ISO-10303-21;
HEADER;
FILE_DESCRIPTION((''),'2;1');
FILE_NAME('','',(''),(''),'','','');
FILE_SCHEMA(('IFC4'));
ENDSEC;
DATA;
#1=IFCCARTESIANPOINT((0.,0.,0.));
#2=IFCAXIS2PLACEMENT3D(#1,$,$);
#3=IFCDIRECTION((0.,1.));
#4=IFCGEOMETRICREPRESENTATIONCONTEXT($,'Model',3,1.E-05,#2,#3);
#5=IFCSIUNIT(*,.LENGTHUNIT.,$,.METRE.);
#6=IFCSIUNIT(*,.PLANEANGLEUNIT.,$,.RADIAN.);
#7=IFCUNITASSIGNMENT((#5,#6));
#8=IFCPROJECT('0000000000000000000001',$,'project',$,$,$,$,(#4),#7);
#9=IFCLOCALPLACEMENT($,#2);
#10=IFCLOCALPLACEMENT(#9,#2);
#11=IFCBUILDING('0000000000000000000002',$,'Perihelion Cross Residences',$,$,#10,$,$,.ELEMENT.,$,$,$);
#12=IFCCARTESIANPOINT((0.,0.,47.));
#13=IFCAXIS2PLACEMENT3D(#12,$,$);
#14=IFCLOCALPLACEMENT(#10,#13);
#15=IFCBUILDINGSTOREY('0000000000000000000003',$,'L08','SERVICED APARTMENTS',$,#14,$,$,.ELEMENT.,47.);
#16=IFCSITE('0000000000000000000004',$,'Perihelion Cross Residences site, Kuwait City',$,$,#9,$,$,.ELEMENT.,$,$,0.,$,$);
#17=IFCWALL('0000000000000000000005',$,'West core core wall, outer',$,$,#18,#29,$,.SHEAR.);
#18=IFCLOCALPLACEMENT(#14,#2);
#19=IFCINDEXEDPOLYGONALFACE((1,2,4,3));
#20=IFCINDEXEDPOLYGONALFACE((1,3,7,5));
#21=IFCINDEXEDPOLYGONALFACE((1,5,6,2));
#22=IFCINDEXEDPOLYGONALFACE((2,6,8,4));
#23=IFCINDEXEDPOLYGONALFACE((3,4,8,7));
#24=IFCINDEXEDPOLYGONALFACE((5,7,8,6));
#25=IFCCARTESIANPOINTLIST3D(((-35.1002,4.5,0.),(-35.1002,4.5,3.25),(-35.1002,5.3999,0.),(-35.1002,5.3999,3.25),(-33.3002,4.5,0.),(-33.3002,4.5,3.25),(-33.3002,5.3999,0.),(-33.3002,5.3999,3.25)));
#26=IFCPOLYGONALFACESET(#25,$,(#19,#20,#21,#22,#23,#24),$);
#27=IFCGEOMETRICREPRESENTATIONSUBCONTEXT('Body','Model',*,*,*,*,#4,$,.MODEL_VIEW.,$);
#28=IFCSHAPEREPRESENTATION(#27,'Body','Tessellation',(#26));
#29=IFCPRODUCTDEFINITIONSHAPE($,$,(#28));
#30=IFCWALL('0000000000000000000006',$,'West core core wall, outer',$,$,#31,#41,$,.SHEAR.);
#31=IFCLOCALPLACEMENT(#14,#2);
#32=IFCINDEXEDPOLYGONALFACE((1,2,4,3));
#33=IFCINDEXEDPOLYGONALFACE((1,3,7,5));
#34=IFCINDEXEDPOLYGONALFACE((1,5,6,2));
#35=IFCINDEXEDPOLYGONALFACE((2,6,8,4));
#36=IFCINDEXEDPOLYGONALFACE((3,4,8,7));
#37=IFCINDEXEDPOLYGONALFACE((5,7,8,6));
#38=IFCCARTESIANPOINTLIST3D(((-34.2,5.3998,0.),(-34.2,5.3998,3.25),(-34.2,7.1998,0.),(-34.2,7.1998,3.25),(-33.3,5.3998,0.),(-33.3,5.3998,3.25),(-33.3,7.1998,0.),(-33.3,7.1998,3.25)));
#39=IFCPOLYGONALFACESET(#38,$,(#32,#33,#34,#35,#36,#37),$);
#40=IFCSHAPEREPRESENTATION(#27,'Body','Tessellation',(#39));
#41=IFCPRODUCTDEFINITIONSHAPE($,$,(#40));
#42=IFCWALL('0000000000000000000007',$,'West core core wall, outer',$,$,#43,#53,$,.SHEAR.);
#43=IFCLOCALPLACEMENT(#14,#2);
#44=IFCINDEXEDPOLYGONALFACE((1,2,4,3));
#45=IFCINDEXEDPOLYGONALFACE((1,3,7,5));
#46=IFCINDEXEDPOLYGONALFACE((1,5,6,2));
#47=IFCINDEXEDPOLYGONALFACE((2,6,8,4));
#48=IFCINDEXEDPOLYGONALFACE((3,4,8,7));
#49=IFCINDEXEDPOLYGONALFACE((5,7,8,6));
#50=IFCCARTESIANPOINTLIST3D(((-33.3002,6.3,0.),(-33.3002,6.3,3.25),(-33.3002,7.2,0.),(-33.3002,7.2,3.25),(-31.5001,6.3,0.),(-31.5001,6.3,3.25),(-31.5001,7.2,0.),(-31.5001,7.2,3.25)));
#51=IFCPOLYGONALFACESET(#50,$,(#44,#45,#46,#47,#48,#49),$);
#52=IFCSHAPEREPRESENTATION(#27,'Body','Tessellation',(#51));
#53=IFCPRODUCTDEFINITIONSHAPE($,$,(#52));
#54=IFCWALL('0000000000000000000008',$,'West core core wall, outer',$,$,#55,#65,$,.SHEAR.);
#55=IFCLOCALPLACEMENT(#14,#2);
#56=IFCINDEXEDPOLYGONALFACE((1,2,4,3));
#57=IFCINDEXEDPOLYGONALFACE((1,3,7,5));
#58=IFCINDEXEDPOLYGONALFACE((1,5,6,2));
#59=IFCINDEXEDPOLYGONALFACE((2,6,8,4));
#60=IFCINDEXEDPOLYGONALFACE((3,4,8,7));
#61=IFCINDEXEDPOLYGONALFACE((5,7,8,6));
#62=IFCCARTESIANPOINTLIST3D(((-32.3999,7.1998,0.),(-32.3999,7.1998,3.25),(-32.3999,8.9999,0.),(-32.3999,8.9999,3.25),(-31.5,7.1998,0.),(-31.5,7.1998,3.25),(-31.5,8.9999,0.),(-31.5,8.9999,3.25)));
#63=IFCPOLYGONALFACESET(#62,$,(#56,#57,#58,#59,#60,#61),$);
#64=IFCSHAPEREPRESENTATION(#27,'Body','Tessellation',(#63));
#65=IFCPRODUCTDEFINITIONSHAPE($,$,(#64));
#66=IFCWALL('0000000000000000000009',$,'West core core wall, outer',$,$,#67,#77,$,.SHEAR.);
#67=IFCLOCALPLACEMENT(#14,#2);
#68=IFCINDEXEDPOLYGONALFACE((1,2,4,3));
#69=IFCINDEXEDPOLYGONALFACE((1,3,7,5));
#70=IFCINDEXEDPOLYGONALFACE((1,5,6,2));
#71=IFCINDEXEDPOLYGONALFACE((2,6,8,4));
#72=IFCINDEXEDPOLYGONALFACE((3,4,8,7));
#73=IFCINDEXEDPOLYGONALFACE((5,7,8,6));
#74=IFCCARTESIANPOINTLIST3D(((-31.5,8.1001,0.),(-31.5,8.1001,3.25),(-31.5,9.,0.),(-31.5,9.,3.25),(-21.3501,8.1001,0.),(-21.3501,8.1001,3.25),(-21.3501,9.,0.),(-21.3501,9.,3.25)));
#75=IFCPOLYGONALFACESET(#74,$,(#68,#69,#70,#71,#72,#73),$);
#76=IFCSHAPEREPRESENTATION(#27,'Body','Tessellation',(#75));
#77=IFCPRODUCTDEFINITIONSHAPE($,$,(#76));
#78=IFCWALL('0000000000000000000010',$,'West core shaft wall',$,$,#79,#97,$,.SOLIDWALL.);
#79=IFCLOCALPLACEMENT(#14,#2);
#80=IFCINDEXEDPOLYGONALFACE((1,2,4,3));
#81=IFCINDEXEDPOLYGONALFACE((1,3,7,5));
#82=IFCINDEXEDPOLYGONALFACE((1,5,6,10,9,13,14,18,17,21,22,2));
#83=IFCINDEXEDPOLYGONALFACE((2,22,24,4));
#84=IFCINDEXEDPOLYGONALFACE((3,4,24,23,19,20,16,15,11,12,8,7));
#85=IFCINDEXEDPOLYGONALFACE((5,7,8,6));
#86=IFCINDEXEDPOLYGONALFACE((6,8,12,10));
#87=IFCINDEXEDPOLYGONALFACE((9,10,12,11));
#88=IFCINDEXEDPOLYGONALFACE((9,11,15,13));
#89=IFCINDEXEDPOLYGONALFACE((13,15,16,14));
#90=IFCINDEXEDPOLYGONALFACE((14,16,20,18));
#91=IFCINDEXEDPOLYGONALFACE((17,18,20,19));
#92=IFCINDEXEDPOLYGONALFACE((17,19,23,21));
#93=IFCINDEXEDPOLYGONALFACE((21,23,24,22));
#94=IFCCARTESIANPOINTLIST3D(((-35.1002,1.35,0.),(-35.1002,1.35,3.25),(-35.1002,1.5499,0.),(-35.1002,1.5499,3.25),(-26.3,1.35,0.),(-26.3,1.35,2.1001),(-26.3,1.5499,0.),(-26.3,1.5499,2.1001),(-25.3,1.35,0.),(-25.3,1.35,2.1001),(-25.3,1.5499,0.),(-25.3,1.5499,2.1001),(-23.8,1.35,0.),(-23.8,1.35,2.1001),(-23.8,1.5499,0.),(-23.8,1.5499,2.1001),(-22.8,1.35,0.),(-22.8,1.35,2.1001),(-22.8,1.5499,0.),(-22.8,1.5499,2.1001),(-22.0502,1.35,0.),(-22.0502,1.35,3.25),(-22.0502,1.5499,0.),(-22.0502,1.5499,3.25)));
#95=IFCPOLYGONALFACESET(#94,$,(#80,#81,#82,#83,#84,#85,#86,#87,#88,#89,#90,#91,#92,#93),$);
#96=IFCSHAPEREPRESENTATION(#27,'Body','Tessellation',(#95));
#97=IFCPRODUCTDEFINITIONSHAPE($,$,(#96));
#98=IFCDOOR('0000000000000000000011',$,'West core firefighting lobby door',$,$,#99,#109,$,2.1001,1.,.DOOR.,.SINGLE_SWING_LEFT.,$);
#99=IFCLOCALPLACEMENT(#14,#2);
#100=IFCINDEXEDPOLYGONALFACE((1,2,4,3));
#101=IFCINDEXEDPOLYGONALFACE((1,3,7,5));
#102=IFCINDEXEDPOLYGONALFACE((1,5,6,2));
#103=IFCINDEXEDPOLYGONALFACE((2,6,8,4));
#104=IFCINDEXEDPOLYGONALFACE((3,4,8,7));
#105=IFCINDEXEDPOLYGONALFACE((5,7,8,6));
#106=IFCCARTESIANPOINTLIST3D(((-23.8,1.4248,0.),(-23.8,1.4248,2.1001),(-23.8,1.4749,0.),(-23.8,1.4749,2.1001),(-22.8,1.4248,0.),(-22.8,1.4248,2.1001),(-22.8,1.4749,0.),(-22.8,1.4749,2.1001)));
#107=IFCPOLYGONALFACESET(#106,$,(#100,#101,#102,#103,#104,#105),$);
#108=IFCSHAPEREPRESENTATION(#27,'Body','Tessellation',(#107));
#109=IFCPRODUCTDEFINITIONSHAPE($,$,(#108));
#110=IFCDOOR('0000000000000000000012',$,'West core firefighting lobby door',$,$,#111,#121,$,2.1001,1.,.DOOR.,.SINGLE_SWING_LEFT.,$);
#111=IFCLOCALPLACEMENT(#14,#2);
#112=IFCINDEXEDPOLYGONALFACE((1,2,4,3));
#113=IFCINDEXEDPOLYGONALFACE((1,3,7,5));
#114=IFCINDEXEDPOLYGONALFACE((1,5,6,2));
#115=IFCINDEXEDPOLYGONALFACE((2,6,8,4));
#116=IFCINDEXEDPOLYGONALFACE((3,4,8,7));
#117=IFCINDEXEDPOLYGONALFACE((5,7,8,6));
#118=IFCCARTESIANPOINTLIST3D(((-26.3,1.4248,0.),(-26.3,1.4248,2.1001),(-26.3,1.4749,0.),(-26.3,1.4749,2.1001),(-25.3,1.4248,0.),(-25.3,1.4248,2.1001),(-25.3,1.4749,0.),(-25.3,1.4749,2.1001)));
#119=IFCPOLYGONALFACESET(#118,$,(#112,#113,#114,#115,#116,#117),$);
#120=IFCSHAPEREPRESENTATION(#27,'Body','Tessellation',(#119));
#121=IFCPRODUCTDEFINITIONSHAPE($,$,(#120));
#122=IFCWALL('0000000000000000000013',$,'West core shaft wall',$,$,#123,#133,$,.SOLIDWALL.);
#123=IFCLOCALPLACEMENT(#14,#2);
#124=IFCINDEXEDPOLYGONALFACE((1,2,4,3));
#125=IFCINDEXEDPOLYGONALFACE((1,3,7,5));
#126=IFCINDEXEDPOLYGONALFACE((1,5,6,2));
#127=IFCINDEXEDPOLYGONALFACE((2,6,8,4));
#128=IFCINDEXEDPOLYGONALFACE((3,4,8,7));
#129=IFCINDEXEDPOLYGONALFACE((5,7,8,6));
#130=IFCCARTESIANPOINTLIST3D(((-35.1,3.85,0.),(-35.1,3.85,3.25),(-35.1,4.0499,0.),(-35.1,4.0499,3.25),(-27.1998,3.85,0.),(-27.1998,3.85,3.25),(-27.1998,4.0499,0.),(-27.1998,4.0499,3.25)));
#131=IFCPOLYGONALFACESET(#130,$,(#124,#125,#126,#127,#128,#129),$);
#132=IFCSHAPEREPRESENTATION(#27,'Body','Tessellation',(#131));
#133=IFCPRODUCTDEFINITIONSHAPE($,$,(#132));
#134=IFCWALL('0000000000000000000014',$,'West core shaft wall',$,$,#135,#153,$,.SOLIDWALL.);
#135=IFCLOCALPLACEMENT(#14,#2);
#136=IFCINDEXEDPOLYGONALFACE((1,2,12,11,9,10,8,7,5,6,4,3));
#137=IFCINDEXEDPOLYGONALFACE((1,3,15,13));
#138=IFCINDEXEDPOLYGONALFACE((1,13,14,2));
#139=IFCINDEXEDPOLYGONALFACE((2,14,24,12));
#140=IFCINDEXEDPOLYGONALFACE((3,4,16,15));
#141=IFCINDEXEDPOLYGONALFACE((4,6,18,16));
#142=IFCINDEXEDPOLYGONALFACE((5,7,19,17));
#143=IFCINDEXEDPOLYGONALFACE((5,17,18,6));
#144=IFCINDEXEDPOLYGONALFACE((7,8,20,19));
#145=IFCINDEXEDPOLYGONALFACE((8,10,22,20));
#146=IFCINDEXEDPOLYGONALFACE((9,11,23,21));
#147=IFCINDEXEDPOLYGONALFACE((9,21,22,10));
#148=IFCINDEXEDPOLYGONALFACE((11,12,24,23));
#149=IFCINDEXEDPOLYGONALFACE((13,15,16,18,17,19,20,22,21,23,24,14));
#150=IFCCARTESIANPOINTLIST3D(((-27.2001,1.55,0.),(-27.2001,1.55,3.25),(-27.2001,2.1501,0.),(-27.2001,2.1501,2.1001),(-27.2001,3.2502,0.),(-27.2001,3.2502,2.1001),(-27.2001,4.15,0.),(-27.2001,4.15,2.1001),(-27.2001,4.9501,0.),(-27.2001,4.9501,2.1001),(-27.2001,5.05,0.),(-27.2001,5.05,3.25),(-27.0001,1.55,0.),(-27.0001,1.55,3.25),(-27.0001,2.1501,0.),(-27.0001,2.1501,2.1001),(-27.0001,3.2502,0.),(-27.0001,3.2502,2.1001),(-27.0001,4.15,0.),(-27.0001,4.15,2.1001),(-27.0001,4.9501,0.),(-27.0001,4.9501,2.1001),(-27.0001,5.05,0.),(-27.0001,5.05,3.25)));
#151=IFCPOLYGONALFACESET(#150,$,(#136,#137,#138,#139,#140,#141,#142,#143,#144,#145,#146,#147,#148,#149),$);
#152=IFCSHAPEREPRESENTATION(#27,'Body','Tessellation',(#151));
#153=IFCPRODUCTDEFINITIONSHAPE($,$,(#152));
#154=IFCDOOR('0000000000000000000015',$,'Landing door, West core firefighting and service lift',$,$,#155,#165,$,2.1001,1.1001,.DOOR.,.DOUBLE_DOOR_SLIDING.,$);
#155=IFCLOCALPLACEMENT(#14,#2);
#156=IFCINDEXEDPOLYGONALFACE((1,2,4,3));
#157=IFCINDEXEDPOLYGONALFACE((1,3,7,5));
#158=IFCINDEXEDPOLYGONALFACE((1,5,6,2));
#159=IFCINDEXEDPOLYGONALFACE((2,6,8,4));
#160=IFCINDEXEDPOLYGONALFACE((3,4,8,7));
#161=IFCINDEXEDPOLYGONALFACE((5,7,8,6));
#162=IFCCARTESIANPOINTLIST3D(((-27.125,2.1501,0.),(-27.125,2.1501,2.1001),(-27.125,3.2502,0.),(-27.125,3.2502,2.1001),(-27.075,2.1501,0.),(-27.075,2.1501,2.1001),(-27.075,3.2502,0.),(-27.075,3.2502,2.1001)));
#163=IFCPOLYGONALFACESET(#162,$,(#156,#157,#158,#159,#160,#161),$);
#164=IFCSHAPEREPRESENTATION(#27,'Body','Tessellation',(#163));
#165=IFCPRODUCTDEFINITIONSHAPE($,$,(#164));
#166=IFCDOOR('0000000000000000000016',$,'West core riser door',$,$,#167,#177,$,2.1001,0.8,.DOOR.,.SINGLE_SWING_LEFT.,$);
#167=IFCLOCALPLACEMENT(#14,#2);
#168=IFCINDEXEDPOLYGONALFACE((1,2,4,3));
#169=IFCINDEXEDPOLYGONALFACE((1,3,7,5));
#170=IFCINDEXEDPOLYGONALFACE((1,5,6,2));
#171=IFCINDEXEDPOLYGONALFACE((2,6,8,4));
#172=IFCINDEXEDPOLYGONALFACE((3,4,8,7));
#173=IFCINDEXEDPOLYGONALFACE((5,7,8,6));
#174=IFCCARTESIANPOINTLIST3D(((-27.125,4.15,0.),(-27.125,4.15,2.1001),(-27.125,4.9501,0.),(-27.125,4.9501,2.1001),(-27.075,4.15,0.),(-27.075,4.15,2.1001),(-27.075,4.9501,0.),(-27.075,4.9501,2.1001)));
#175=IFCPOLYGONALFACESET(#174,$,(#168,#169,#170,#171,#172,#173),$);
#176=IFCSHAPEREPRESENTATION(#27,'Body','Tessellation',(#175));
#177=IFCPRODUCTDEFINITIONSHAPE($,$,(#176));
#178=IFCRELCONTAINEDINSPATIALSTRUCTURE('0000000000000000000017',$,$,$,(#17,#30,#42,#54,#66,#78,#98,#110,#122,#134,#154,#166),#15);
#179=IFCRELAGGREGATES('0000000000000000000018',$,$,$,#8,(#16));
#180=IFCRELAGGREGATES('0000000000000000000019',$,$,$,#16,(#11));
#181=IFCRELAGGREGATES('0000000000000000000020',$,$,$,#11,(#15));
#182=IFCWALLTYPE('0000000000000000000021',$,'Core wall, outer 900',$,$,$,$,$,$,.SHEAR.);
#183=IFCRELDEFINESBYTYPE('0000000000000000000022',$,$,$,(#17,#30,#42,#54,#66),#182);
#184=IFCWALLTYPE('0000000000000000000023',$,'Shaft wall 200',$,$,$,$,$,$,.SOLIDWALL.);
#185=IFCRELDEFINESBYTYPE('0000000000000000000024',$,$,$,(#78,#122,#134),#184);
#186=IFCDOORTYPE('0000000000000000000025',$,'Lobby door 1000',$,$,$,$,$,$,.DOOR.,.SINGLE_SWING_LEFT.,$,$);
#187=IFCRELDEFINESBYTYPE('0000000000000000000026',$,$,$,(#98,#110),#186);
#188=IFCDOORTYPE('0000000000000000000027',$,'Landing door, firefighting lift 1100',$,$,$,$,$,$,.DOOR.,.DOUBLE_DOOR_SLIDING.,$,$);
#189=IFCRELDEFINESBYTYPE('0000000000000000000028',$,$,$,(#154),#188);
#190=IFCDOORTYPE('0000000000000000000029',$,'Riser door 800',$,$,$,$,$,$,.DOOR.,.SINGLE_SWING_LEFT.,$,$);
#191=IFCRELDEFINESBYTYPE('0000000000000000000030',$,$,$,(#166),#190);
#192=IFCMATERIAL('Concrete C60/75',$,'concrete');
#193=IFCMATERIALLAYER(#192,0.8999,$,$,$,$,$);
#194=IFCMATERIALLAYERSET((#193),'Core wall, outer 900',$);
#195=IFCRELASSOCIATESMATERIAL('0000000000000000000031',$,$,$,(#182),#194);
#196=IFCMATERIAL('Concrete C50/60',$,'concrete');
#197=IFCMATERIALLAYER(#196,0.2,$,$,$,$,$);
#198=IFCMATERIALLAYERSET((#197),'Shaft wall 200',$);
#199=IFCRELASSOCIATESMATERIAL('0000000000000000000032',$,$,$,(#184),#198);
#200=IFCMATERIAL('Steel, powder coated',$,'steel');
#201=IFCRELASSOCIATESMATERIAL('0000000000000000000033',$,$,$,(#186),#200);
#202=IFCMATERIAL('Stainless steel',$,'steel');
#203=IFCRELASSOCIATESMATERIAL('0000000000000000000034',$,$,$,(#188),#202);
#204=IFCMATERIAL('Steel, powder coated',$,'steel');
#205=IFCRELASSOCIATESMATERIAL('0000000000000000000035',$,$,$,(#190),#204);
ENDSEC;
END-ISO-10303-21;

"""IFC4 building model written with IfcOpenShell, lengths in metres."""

from ifc_helpers import new_model, si_unit, direction, frame, frame_2d, origin, place, context, subcontext, project, spatial, rectangle, extrude, material, layer, layer_set, type_object, element, fill, save


model = new_model("IFC4")

# Units and contexts
model_context = context("Model", 3, precision=1e-05, world=origin(), true_north=direction((0.0, 1.0)))
body_context = subcontext(model_context, "Body", "Model", "MODEL_VIEW")
ifc_project = project(units=[si_unit("LENGTHUNIT", "METRE"), si_unit("PLANEANGLEUNIT", "RADIAN")], contexts=[model_context])

# Site, building, storey
site_placement = place(None, origin())
site = spatial("IfcSite", under=ifc_project, at=site_placement, Name="Perihelion Cross Residences site, Kuwait City", CompositionType="ELEMENT", RefElevation=0.0)
building_placement = place(site_placement, origin())
building = spatial("IfcBuilding", under=site, at=building_placement, Name="Perihelion Cross Residences", CompositionType="ELEMENT")
storey_placement = place(building_placement, frame((0.0, 0.0, 47.0)))
storey = spatial("IfcBuildingStorey", under=building, at=storey_placement, Name="L08", Description="SERVICED APARTMENTS", CompositionType="ELEMENT", Elevation=47.0)

# Walls
ifc_material_1 = material(Name="Concrete C60/75", Category="concrete")
ifc_layer_1 = layer(ifc_material_1, 0.8999)
ifc_layer_set_1 = layer_set([ifc_layer_1], Name="Core wall, outer 900")
wall_type_1 = type_object("IfcWallType", Name="Core wall, outer 900", PredefinedType="SHEAR", material=ifc_layer_set_1)
for number, where, z_axis, x_axis, name in (
    (1, (-35.1001, 4.95, 0.0), (0.0, 0.0, 1.0), (1.0, 0.0, 0.0), "West core core wall, outer"),
    (2, (-33.75, 5.3999, 0.0), (0.0, 0.0, 1.0), (0.0, 1.0, 0.0), "West core core wall, outer"),
    (3, (-33.3, 6.75, 0.0), (0.0, 0.0, 1.0), (1.0, 0.0, 0.0), "West core core wall, outer"),
    (4, (-31.95, 7.2, 0.0), (0.0, 0.0, 1.0), (0.0, 1.0, 0.0), "West core core wall, outer"),
):
    element("IfcWall", number, at=place(storey_placement, frame(where, z_axis=z_axis, x_axis=x_axis)), inside=storey, type_object=wall_type_1, Name=name, PredefinedType="SHEAR", context=body_context, shape_type="SweptSolid", body=[
        extrude(rectangle(XDim=1.8, YDim=0.8999, at=frame_2d((0.8999, 0.0))), origin(), (0.0, 0.0, 1.0), 3.25),
    ])
wall_1_placement = place(storey_placement, frame((-31.5, 8.55, 0.0), z_axis=(0.0, 0.0, 1.0), x_axis=(1.0, 0.0, 0.0)))
element("IfcWall", 5, at=wall_1_placement, inside=storey, type_object=wall_type_1, Name="West core core wall, outer", PredefinedType="SHEAR", context=body_context, shape_type="SweptSolid", body=[
    extrude(rectangle(XDim=10.1499, YDim=0.8999, at=frame_2d((5.075, 0.0))), origin(), (0.0, 0.0, 1.0), 3.25),
])

# Wall, openings, doors
ifc_material_2 = material(Name="Concrete C50/60", Category="concrete")
ifc_layer_2 = layer(ifc_material_2, 0.2)
ifc_layer_set_2 = layer_set([ifc_layer_2], Name="Shaft wall 200")
wall_type_2 = type_object("IfcWallType", Name="Shaft wall 200", PredefinedType="SOLIDWALL", material=ifc_layer_set_2)
wall_2_placement = place(storey_placement, frame((-35.1001, 1.45, 0.0), z_axis=(0.0, 0.0, 1.0), x_axis=(1.0, 0.0, 0.0)))
wall_2 = element("IfcWall", 6, at=wall_2_placement, inside=storey, type_object=wall_type_2, Name="West core shaft wall", PredefinedType="SOLIDWALL", context=body_context, shape_type="SweptSolid", body=[
    extrude(rectangle(XDim=13.05, YDim=0.2, at=frame_2d((6.5249, 0.0))), origin(), (0.0, 0.0, 1.0), 3.25),
])
opening_1_placement = place(wall_2_placement, frame((11.3, 0.0, 0.0)))
opening_1 = element("IfcOpeningElement", 7, at=opening_1_placement, cuts=wall_2, PredefinedType="OPENING", context=body_context, shape_type="SweptSolid", body=[
    extrude(rectangle(XDim=1.0, YDim=2.1001, at=frame_2d((0.5, 1.05))), frame((0.0, 0.1099, 0.0), z_axis=(0.0, -1.0, 0.0), x_axis=(1.0, 0.0, 0.0)), (0.0, 0.0, 1.0), 0.22),
])
opening_2_placement = place(wall_2_placement, frame((8.8, 0.0, 0.0)))
opening_2 = element("IfcOpeningElement", 8, at=opening_2_placement, cuts=wall_2, PredefinedType="OPENING", context=body_context, shape_type="SweptSolid", body=[
    extrude(rectangle(XDim=1.0, YDim=2.1001, at=frame_2d((0.5, 1.05))), frame((0.0, 0.1099, 0.0), z_axis=(0.0, -1.0, 0.0), x_axis=(1.0, 0.0, 0.0)), (0.0, 0.0, 1.0), 0.22),
])
ifc_material_3 = material(Name="Steel, powder coated", Category="steel")
door_type_1 = type_object("IfcDoorType", Name="Lobby door 1000", OperationType="SINGLE_SWING_LEFT", PredefinedType="DOOR", material=ifc_material_3)
door_1_placement = place(opening_1_placement, origin())
door_1 = element("IfcDoor", 9, at=door_1_placement, inside=storey, type_object=door_type_1, Name="West core firefighting lobby door", OperationType="SINGLE_SWING_LEFT", OverallHeight=2.1001, OverallWidth=1.0, PredefinedType="DOOR", context=body_context, shape_type="SweptSolid", body=[
    extrude(rectangle(XDim=1.0, YDim=2.1001, at=frame_2d((0.5, 1.05))), frame((0.0, 0.0249, 0.0), z_axis=(0.0, -1.0, 0.0), x_axis=(1.0, 0.0, 0.0)), (0.0, 0.0, 1.0), 0.05),
])
fill(opening_1, door_1)
door_2_placement = place(opening_2_placement, origin())
door_2 = element("IfcDoor", 10, at=door_2_placement, inside=storey, type_object=door_type_1, Name="West core firefighting lobby door", OperationType="SINGLE_SWING_LEFT", OverallHeight=2.1001, OverallWidth=1.0, PredefinedType="DOOR", context=body_context, shape_type="SweptSolid", body=[
    extrude(rectangle(XDim=1.0, YDim=2.1001, at=frame_2d((0.5, 1.05))), frame((0.0, 0.0249, 0.0), z_axis=(0.0, -1.0, 0.0), x_axis=(1.0, 0.0, 0.0)), (0.0, 0.0, 1.0), 0.05),
])
fill(opening_2, door_2)

# Wall
wall_3_placement = place(storey_placement, frame((-35.1001, 3.95, 0.0), z_axis=(0.0, 0.0, 1.0), x_axis=(1.0, 0.0, 0.0)))
element("IfcWall", 11, at=wall_3_placement, inside=storey, type_object=wall_type_2, Name="West core shaft wall", PredefinedType="SOLIDWALL", context=body_context, shape_type="SweptSolid", body=[
    extrude(rectangle(XDim=7.9001, YDim=0.2, at=frame_2d((3.9502, 0.0))), origin(), (0.0, 0.0, 1.0), 3.25),
])

# Wall, openings, doors
wall_4_placement = place(storey_placement, frame((-27.1001, 1.55, 0.0), z_axis=(0.0, 0.0, 1.0), x_axis=(0.0, 1.0, 0.0)))
wall_4 = element("IfcWall", 12, at=wall_4_placement, inside=storey, type_object=wall_type_2, Name="West core shaft wall", PredefinedType="SOLIDWALL", context=body_context, shape_type="SweptSolid", body=[
    extrude(rectangle(XDim=3.5, YDim=0.2, at=frame_2d((1.75, 0.0))), origin(), (0.0, 0.0, 1.0), 3.25),
])
opening_3_placement = place(wall_4_placement, frame((0.6001, 0.0, 0.0)))
opening_3 = element("IfcOpeningElement", 13, at=opening_3_placement, cuts=wall_4, PredefinedType="OPENING", context=body_context, shape_type="SweptSolid", body=[
    extrude(rectangle(XDim=1.1001, YDim=2.1001, at=frame_2d((0.55, 1.05))), frame((0.0, 0.1099, 0.0), z_axis=(0.0, -1.0, 0.0), x_axis=(1.0, 0.0, 0.0)), (0.0, 0.0, 1.0), 0.22),
])
opening_4_placement = place(wall_4_placement, frame((2.6001, 0.0, 0.0)))
opening_4 = element("IfcOpeningElement", 14, at=opening_4_placement, cuts=wall_4, PredefinedType="OPENING", context=body_context, shape_type="SweptSolid", body=[
    extrude(rectangle(XDim=0.8, YDim=2.1001, at=frame_2d((0.3999, 1.05))), frame((0.0, 0.1099, 0.0), z_axis=(0.0, -1.0, 0.0), x_axis=(1.0, 0.0, 0.0)), (0.0, 0.0, 1.0), 0.22),
])
ifc_material_4 = material(Name="Stainless steel", Category="steel")
door_type_2 = type_object("IfcDoorType", Name="Landing door, firefighting lift 1100", OperationType="DOUBLE_DOOR_SLIDING", PredefinedType="DOOR", material=ifc_material_4)
door_3_placement = place(opening_3_placement, origin())
door_3 = element("IfcDoor", 15, at=door_3_placement, inside=storey, type_object=door_type_2, Name="Landing door, West core firefighting and service lift", OperationType="DOUBLE_DOOR_SLIDING", OverallHeight=2.1001, OverallWidth=1.1001, PredefinedType="DOOR", context=body_context, shape_type="SweptSolid", body=[
    extrude(rectangle(XDim=1.1001, YDim=2.1001, at=frame_2d((0.55, 1.05))), frame((0.0, 0.0249, 0.0), z_axis=(0.0, -1.0, 0.0), x_axis=(1.0, 0.0, 0.0)), (0.0, 0.0, 1.0), 0.05),
])
fill(opening_3, door_3)
ifc_material_5 = material(Name="Steel, powder coated", Category="steel")
door_type_3 = type_object("IfcDoorType", Name="Riser door 800", OperationType="SINGLE_SWING_LEFT", PredefinedType="DOOR", material=ifc_material_5)
door_4_placement = place(opening_4_placement, origin())
door_4 = element("IfcDoor", 16, at=door_4_placement, inside=storey, type_object=door_type_3, Name="West core riser door", OperationType="SINGLE_SWING_LEFT", OverallHeight=2.1001, OverallWidth=0.8, PredefinedType="DOOR", context=body_context, shape_type="SweptSolid", body=[
    extrude(rectangle(XDim=0.8, YDim=2.1001, at=frame_2d((0.3999, 1.05))), frame((0.0, 0.0249, 0.0), z_axis=(0.0, -1.0, 0.0), x_axis=(1.0, 0.0, 0.0)), (0.0, 0.0, 1.0), 0.05),
])
fill(opening_4, door_4)

save(model, "model.ifc")
